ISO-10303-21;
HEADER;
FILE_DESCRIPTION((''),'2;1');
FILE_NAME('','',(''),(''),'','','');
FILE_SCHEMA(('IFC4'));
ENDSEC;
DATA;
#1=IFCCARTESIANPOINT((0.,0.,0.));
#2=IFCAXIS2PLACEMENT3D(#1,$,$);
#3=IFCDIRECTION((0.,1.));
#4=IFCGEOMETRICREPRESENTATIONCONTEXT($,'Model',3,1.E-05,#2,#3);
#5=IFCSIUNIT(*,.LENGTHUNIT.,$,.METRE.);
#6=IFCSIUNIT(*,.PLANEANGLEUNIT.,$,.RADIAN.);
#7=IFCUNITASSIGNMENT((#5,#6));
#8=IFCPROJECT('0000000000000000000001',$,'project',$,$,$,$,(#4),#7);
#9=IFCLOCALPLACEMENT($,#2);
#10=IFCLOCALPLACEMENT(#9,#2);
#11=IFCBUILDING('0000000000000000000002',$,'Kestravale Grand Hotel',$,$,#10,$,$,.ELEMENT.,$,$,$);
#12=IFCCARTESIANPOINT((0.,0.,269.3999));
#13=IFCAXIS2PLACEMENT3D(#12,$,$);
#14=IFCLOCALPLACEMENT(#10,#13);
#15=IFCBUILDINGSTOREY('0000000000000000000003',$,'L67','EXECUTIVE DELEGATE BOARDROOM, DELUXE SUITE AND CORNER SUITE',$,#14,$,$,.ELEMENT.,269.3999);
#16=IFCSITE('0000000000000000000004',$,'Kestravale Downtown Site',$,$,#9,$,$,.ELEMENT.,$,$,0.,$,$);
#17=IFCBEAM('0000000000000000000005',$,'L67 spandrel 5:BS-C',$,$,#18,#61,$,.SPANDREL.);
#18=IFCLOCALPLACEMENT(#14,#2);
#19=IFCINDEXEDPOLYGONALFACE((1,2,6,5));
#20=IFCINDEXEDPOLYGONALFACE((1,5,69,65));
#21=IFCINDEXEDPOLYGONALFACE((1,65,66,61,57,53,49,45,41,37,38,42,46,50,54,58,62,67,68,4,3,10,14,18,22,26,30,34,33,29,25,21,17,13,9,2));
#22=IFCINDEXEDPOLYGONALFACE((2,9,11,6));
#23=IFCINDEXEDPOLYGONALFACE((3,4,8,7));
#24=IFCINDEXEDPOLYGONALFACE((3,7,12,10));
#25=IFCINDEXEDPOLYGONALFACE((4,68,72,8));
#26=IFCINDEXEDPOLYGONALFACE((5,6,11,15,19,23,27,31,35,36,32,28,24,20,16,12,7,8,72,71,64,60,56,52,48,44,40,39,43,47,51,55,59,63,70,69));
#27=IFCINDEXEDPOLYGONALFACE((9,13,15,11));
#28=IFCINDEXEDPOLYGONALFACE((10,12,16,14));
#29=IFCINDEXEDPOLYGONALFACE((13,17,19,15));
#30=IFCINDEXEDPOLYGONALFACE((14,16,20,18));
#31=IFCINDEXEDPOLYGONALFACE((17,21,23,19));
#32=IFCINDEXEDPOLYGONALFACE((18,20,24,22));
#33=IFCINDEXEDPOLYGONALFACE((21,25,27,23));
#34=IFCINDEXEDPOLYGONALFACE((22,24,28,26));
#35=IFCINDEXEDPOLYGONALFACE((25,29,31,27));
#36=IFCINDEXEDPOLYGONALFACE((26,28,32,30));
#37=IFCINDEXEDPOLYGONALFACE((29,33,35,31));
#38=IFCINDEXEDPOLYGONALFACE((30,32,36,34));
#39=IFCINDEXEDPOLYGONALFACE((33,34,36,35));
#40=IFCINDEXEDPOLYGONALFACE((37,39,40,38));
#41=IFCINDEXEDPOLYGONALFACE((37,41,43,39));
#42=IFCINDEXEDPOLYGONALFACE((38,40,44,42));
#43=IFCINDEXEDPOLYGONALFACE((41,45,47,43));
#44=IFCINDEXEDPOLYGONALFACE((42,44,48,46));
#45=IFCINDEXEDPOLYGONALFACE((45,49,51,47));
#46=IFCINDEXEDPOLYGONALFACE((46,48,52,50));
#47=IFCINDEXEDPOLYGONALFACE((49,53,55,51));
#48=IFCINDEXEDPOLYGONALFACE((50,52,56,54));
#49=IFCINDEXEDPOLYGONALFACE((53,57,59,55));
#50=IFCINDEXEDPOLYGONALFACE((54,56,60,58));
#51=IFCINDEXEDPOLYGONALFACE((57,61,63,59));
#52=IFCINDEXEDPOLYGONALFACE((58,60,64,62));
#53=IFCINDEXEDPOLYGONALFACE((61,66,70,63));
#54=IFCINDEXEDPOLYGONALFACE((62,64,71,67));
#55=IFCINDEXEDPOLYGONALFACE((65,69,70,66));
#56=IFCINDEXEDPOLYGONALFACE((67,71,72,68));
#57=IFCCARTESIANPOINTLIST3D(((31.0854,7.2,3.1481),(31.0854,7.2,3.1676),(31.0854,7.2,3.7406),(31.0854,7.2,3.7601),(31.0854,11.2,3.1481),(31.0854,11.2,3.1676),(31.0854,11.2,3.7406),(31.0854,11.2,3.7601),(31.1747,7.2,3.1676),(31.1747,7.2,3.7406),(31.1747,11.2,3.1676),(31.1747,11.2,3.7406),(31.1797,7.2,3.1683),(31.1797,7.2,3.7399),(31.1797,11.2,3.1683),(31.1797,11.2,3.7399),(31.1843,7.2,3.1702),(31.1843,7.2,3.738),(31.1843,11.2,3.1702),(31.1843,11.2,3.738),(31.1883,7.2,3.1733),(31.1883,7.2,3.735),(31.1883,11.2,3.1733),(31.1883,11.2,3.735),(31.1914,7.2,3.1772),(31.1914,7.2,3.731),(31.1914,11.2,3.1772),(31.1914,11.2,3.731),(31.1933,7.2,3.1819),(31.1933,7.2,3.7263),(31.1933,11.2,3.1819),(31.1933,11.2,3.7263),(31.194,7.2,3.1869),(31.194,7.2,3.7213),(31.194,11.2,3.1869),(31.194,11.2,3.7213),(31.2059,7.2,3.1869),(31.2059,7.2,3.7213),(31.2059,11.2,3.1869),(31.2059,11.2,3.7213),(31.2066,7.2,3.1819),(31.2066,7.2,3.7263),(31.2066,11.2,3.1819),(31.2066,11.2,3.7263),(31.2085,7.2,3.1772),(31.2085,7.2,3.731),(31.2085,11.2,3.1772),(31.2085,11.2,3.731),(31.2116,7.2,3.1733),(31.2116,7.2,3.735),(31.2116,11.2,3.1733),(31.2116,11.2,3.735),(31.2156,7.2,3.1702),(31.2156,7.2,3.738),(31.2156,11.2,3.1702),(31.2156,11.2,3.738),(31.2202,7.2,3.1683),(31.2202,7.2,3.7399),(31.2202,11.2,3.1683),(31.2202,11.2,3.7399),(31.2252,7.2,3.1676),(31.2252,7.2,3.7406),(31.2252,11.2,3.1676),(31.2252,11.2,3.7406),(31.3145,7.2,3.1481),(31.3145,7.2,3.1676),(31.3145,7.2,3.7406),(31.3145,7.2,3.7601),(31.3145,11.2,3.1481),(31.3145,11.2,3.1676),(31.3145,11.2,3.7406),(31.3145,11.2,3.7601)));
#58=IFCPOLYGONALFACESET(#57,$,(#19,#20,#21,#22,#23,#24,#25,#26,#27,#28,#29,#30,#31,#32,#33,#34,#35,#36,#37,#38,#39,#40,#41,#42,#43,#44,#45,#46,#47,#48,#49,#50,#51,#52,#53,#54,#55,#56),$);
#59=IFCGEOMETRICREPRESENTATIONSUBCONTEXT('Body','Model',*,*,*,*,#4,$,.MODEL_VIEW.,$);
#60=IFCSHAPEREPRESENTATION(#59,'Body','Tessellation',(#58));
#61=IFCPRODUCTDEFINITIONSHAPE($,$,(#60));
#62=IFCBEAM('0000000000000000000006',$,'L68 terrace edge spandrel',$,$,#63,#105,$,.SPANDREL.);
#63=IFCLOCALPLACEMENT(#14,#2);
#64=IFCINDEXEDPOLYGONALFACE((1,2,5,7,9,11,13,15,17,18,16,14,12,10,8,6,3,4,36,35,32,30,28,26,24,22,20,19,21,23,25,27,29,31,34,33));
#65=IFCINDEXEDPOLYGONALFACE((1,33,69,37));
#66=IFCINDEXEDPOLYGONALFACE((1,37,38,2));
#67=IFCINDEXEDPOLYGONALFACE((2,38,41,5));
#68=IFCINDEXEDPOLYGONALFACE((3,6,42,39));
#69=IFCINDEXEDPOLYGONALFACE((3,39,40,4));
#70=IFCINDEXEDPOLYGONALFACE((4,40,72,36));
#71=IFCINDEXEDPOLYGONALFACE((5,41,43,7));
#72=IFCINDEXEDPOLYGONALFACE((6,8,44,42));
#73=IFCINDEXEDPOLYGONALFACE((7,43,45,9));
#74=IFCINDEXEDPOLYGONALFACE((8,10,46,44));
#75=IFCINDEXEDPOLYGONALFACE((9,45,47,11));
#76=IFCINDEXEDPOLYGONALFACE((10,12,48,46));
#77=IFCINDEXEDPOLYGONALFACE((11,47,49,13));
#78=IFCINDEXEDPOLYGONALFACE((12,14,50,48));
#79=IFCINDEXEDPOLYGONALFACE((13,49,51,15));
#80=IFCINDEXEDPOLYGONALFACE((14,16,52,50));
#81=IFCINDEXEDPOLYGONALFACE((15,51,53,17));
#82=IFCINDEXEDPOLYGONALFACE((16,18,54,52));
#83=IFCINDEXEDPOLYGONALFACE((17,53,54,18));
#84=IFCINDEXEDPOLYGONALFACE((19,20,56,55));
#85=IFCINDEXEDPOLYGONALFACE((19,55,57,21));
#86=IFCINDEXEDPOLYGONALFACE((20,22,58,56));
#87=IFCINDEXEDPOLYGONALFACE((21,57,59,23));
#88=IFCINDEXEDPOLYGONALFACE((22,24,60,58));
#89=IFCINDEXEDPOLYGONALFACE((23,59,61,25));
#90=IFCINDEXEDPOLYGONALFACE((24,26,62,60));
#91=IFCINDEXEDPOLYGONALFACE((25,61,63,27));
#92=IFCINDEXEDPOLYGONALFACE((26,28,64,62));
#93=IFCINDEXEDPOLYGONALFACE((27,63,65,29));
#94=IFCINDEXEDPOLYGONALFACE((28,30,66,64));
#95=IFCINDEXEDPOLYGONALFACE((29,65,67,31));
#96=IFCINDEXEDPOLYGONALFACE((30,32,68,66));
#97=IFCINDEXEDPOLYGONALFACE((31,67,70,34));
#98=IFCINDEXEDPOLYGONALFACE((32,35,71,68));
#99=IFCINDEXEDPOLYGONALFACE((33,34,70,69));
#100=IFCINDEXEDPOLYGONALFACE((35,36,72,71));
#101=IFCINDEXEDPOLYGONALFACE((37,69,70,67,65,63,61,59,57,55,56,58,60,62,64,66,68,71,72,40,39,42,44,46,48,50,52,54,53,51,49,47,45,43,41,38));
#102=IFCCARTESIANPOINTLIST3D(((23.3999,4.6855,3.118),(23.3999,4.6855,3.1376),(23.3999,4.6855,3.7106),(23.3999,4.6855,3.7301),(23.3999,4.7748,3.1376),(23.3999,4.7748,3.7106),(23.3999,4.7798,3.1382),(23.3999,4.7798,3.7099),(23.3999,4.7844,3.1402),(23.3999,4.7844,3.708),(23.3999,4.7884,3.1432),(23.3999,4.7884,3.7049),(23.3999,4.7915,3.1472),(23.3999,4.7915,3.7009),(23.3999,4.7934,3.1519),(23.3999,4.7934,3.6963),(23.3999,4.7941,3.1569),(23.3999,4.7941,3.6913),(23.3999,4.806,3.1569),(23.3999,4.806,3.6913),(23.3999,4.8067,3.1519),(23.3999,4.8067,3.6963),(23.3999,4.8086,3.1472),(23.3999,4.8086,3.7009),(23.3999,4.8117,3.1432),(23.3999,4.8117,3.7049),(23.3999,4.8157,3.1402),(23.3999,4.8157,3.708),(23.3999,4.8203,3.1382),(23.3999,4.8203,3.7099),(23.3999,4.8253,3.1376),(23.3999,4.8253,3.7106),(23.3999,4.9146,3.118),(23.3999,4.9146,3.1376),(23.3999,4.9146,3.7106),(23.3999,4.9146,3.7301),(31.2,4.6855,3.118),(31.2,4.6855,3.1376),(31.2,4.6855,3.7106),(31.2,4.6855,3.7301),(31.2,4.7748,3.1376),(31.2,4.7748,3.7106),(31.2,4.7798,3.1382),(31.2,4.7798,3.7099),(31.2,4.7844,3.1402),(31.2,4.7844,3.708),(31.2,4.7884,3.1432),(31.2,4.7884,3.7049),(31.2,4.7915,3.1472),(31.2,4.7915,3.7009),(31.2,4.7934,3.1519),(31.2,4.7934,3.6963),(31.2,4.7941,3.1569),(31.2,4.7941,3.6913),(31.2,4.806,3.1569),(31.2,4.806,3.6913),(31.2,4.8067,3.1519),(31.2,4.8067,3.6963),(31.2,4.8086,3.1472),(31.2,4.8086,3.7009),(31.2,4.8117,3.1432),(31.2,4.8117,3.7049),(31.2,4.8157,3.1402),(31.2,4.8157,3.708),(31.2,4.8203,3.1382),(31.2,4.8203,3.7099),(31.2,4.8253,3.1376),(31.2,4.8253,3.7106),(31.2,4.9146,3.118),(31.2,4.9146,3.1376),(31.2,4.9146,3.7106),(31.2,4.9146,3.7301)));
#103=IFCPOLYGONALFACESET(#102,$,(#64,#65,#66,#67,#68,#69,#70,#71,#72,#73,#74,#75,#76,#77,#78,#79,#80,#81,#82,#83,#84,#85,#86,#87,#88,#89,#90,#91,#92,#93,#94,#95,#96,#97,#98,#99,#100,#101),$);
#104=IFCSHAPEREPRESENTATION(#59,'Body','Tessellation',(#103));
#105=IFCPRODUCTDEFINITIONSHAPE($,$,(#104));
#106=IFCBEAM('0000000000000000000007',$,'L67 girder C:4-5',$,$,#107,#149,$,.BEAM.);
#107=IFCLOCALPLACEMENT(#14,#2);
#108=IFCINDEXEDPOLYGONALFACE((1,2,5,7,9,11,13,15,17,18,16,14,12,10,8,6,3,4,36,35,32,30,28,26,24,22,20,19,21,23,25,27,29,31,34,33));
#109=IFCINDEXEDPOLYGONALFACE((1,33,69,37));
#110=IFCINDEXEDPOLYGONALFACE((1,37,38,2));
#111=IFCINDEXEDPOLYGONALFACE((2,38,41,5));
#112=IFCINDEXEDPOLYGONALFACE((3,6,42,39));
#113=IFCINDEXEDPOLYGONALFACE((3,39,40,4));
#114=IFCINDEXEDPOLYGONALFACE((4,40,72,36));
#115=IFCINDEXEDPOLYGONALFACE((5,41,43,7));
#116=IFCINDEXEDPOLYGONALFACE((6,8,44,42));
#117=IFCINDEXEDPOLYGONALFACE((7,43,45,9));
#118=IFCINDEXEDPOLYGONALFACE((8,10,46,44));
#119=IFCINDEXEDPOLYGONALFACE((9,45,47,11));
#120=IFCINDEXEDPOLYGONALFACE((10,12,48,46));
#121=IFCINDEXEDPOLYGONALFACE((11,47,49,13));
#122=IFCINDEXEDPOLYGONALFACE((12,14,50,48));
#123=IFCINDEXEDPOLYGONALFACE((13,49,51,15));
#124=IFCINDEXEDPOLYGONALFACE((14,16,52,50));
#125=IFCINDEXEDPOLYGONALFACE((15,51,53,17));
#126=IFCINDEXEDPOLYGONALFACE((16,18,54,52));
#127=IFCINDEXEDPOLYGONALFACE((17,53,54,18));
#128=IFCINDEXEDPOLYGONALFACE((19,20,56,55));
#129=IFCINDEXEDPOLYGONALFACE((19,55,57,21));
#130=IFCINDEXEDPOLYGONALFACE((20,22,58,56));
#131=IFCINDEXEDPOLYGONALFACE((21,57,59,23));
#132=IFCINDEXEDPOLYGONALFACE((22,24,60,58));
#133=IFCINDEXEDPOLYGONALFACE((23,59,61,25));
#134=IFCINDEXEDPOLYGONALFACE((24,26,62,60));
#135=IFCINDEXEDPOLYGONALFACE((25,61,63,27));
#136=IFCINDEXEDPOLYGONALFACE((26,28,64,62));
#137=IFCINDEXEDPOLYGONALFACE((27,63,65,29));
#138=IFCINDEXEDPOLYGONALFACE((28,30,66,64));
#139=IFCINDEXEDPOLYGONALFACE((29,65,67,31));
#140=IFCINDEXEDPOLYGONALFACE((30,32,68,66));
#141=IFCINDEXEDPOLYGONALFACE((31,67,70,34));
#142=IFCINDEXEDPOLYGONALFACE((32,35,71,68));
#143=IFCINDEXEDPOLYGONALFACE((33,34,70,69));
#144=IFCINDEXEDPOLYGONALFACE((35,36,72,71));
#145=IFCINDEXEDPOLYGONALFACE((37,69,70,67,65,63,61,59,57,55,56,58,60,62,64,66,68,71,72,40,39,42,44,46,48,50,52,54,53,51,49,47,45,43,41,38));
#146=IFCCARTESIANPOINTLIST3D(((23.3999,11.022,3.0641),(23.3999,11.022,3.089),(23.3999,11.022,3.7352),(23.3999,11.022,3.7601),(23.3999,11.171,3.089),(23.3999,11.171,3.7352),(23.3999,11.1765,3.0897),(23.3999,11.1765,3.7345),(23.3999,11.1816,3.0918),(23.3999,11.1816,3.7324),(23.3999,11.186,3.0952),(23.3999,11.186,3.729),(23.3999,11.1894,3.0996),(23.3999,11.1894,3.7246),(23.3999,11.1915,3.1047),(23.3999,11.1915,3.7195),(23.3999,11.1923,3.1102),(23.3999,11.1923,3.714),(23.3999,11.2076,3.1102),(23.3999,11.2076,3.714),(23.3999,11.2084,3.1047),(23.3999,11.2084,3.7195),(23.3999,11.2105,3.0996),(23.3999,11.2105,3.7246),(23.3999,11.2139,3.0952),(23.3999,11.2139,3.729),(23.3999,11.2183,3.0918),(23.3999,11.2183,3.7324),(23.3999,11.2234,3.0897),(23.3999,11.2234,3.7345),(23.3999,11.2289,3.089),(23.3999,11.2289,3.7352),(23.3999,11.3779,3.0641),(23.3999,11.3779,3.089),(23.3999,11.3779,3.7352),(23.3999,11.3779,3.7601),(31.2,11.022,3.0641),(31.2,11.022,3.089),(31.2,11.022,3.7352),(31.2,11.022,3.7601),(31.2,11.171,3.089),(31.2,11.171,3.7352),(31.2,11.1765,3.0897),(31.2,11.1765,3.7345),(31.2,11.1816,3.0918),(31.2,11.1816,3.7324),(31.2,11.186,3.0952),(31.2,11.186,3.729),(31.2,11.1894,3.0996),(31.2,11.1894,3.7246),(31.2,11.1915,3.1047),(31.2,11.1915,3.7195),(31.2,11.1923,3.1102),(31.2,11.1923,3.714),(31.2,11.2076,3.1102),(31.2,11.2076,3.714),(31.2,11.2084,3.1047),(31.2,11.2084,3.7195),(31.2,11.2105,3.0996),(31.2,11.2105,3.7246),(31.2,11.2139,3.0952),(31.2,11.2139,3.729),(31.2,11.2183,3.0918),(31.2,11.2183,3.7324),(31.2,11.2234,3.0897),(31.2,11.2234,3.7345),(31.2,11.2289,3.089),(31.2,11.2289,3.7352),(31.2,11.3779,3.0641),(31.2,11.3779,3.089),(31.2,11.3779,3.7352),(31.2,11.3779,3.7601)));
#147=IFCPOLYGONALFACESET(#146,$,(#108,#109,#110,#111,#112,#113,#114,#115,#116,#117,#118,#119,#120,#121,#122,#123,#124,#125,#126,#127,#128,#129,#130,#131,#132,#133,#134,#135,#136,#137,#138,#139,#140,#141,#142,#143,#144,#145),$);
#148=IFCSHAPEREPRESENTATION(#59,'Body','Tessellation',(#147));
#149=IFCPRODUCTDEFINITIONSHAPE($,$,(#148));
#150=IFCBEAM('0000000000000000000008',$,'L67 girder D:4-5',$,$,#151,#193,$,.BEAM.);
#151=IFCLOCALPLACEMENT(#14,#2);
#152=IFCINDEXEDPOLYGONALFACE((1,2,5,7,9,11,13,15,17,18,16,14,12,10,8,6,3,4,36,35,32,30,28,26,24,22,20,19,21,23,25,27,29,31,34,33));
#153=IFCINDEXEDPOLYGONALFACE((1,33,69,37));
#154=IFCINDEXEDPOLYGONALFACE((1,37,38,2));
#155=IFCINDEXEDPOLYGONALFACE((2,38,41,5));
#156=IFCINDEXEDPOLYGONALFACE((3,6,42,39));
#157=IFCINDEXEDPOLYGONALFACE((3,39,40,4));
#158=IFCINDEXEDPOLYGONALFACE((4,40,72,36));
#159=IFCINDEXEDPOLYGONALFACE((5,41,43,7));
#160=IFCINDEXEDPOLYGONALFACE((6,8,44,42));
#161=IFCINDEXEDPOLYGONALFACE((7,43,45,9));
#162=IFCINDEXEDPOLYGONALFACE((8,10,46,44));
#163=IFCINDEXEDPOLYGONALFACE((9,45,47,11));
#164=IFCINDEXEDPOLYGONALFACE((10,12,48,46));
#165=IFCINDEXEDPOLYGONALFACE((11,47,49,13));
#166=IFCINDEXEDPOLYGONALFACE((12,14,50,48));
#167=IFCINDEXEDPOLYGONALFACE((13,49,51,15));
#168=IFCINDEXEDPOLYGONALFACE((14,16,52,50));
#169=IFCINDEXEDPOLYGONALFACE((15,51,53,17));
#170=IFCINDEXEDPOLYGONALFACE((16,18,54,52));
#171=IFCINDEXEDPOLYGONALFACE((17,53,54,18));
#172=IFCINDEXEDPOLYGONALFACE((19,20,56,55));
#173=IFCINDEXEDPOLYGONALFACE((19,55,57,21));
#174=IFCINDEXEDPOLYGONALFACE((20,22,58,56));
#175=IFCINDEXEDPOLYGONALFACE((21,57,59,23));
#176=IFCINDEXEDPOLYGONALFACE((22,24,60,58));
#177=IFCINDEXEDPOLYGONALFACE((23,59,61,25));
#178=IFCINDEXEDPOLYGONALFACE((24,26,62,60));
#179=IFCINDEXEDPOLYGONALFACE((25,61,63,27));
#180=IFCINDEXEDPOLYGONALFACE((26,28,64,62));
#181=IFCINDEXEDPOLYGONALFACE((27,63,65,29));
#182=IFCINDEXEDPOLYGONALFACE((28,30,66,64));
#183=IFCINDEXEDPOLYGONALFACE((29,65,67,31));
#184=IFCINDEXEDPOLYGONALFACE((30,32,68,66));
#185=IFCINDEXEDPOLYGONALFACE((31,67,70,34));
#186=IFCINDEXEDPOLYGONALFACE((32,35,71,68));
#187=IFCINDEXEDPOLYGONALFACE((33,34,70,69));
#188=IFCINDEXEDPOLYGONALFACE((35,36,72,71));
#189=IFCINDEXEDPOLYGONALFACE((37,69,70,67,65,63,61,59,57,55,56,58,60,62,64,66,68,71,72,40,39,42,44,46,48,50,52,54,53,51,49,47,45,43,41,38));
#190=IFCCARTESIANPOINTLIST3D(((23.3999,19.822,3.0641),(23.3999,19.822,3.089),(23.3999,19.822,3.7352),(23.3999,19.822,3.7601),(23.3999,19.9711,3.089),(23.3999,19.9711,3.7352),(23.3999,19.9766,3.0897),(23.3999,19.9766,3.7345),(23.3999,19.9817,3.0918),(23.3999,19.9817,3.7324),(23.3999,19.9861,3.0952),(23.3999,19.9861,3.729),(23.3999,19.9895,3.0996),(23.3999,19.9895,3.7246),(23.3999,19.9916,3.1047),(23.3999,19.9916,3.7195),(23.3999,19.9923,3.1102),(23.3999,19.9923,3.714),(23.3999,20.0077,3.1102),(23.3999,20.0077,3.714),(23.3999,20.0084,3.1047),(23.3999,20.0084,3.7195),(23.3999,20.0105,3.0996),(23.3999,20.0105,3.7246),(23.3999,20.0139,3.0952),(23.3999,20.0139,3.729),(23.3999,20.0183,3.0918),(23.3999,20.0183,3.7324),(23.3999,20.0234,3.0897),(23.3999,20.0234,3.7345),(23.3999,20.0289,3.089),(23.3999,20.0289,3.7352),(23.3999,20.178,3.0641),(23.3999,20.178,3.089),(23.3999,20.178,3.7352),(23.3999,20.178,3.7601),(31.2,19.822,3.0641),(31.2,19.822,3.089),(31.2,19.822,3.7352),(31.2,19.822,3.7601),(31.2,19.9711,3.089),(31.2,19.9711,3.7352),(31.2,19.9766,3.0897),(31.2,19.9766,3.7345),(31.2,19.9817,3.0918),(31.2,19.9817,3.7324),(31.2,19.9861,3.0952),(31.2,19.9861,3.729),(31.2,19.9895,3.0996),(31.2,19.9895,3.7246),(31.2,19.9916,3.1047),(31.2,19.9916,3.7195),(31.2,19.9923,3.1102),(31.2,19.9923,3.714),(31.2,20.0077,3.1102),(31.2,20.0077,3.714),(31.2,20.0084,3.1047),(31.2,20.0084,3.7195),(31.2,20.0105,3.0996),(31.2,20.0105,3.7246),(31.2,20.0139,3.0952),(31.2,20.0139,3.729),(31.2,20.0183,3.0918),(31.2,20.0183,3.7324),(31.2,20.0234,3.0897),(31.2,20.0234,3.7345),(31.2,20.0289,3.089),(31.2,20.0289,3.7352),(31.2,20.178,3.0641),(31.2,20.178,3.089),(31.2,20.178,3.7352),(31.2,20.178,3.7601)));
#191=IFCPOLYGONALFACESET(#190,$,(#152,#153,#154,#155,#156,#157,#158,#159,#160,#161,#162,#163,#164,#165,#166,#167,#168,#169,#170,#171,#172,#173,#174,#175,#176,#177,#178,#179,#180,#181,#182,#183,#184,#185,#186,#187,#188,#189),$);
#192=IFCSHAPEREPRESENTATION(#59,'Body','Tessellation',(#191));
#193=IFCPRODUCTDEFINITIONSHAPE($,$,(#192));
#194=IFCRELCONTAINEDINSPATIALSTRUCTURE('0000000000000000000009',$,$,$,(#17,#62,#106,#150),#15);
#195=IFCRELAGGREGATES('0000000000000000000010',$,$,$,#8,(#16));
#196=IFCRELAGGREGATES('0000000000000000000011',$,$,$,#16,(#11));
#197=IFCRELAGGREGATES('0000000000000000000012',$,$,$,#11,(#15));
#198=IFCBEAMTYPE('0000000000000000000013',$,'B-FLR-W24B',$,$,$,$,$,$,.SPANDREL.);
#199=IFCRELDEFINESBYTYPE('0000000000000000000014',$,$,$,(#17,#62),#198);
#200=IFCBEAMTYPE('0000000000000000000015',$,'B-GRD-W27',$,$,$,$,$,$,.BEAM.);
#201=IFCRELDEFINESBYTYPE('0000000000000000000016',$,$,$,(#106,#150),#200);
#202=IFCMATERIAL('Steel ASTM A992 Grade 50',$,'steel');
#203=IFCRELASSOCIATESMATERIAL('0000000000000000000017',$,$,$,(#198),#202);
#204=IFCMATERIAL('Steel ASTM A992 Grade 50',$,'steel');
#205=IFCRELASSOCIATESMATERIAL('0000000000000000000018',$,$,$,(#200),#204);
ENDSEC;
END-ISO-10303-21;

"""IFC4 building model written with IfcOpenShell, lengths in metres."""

from ifc_helpers import new_model, si_unit, direction, frame, origin, origin_2d, place, context, subcontext, project, spatial, i_section, extrude, material, material_profile, profile_set, type_object, element, save


model = new_model("IFC4")

# Units and contexts
model_context = context("Model", 3, precision=1e-05, world=origin(), true_north=direction((0.0, 1.0)))
body_context = subcontext(model_context, "Body", "Model", "MODEL_VIEW")
ifc_project = project(units=[si_unit("LENGTHUNIT", "METRE"), si_unit("PLANEANGLEUNIT", "RADIAN")], contexts=[model_context])

# Site, building, storey
site_placement = place(None, origin())
site = spatial("IfcSite", under=ifc_project, at=site_placement, Name="Kestravale Downtown Site", CompositionType="ELEMENT", RefElevation=0.0)
building_placement = place(site_placement, origin())
building = spatial("IfcBuilding", under=site, at=building_placement, Name="Kestravale Grand Hotel", CompositionType="ELEMENT")
storey_placement = place(building_placement, frame((0.0, 0.0, 269.3999)))
storey = spatial("IfcBuildingStorey", under=building, at=storey_placement, Name="L67", Description="EXECUTIVE DELEGATE BOARDROOM, DELUXE SUITE AND CORNER SUITE", CompositionType="ELEMENT", Elevation=269.3999)

# Beams
ifc_material_1 = material(Name="Steel ASTM A992 Grade 50", Category="steel")
ifc_material_profile_1 = material_profile(ifc_material_1, i_section(OverallWidth=0.229, OverallDepth=0.6121, WebThickness=0.012, FlangeThickness=0.0195, FilletRadius=0.0193, at=origin_2d()))
ifc_profile_set_1 = profile_set([ifc_material_profile_1], Name="Steel ASTM A992 Grade 50")
beam_type_1 = type_object("IfcBeamType", Name="B-FLR-W24B", PredefinedType="SPANDREL", material=ifc_profile_set_1)
for number, where, z_axis, x_axis, name in (
    (1, (31.2, 7.2, 3.4541), (0.0, 1.0, 0.0), (-1.0, 0.0, 0.0), "L67 spandrel 5:BS-C"),
):
    element("IfcBeam", number, at=place(storey_placement, frame(where, z_axis=z_axis, x_axis=x_axis)), inside=storey, type_object=beam_type_1, Name=name, PredefinedType="SPANDREL", context=body_context, shape_type="SweptSolid", body=[
        extrude(i_section(OverallWidth=0.229, OverallDepth=0.6121, WebThickness=0.012, FlangeThickness=0.0195, FilletRadius=0.0193, at=origin_2d()), origin(), (0.0, 0.0, 1.0), 4.0),
    ])
beam_1_placement = place(storey_placement, frame((23.3999, 4.8, 3.4241), z_axis=(1.0, 0.0, 0.0), x_axis=(0.0, 1.0, 0.0)))
element("IfcBeam", 2, at=beam_1_placement, inside=storey, type_object=beam_type_1, Name="L68 terrace edge spandrel", PredefinedType="SPANDREL", context=body_context, shape_type="SweptSolid", body=[
    extrude(i_section(OverallWidth=0.229, OverallDepth=0.6121, WebThickness=0.012, FlangeThickness=0.0195, FilletRadius=0.0193, at=origin_2d()), origin(), (0.0, 0.0, 1.0), 7.8),
])
ifc_material_2 = material(Name="Steel ASTM A992 Grade 50", Category="steel")
ifc_material_profile_2 = material_profile(ifc_material_2, i_section(OverallWidth=0.356, OverallDepth=0.696, WebThickness=0.0154, FlangeThickness=0.0249, FilletRadius=0.0212, at=origin_2d()))
ifc_profile_set_2 = profile_set([ifc_material_profile_2], Name="Steel ASTM A992 Grade 50")
beam_type_2 = type_object("IfcBeamType", Name="B-GRD-W27", PredefinedType="BEAM", material=ifc_profile_set_2)
for number, where, z_axis, x_axis, name in (
    (3, (23.3999, 11.2, 3.4121), (1.0, 0.0, 0.0), (0.0, 1.0, 0.0), "L67 girder C:4-5"),
    (4, (23.3999, 20.0, 3.4121), (1.0, 0.0, 0.0), (0.0, 1.0, 0.0), "L67 girder D:4-5"),
):
    element("IfcBeam", number, at=place(storey_placement, frame(where, z_axis=z_axis, x_axis=x_axis)), inside=storey, type_object=beam_type_2, Name=name, PredefinedType="BEAM", context=body_context, shape_type="SweptSolid", body=[
        extrude(i_section(OverallWidth=0.356, OverallDepth=0.696, WebThickness=0.0154, FlangeThickness=0.0249, FilletRadius=0.0212, at=origin_2d()), origin(), (0.0, 0.0, 1.0), 7.8),
    ])

save(model, "model.ifc")
